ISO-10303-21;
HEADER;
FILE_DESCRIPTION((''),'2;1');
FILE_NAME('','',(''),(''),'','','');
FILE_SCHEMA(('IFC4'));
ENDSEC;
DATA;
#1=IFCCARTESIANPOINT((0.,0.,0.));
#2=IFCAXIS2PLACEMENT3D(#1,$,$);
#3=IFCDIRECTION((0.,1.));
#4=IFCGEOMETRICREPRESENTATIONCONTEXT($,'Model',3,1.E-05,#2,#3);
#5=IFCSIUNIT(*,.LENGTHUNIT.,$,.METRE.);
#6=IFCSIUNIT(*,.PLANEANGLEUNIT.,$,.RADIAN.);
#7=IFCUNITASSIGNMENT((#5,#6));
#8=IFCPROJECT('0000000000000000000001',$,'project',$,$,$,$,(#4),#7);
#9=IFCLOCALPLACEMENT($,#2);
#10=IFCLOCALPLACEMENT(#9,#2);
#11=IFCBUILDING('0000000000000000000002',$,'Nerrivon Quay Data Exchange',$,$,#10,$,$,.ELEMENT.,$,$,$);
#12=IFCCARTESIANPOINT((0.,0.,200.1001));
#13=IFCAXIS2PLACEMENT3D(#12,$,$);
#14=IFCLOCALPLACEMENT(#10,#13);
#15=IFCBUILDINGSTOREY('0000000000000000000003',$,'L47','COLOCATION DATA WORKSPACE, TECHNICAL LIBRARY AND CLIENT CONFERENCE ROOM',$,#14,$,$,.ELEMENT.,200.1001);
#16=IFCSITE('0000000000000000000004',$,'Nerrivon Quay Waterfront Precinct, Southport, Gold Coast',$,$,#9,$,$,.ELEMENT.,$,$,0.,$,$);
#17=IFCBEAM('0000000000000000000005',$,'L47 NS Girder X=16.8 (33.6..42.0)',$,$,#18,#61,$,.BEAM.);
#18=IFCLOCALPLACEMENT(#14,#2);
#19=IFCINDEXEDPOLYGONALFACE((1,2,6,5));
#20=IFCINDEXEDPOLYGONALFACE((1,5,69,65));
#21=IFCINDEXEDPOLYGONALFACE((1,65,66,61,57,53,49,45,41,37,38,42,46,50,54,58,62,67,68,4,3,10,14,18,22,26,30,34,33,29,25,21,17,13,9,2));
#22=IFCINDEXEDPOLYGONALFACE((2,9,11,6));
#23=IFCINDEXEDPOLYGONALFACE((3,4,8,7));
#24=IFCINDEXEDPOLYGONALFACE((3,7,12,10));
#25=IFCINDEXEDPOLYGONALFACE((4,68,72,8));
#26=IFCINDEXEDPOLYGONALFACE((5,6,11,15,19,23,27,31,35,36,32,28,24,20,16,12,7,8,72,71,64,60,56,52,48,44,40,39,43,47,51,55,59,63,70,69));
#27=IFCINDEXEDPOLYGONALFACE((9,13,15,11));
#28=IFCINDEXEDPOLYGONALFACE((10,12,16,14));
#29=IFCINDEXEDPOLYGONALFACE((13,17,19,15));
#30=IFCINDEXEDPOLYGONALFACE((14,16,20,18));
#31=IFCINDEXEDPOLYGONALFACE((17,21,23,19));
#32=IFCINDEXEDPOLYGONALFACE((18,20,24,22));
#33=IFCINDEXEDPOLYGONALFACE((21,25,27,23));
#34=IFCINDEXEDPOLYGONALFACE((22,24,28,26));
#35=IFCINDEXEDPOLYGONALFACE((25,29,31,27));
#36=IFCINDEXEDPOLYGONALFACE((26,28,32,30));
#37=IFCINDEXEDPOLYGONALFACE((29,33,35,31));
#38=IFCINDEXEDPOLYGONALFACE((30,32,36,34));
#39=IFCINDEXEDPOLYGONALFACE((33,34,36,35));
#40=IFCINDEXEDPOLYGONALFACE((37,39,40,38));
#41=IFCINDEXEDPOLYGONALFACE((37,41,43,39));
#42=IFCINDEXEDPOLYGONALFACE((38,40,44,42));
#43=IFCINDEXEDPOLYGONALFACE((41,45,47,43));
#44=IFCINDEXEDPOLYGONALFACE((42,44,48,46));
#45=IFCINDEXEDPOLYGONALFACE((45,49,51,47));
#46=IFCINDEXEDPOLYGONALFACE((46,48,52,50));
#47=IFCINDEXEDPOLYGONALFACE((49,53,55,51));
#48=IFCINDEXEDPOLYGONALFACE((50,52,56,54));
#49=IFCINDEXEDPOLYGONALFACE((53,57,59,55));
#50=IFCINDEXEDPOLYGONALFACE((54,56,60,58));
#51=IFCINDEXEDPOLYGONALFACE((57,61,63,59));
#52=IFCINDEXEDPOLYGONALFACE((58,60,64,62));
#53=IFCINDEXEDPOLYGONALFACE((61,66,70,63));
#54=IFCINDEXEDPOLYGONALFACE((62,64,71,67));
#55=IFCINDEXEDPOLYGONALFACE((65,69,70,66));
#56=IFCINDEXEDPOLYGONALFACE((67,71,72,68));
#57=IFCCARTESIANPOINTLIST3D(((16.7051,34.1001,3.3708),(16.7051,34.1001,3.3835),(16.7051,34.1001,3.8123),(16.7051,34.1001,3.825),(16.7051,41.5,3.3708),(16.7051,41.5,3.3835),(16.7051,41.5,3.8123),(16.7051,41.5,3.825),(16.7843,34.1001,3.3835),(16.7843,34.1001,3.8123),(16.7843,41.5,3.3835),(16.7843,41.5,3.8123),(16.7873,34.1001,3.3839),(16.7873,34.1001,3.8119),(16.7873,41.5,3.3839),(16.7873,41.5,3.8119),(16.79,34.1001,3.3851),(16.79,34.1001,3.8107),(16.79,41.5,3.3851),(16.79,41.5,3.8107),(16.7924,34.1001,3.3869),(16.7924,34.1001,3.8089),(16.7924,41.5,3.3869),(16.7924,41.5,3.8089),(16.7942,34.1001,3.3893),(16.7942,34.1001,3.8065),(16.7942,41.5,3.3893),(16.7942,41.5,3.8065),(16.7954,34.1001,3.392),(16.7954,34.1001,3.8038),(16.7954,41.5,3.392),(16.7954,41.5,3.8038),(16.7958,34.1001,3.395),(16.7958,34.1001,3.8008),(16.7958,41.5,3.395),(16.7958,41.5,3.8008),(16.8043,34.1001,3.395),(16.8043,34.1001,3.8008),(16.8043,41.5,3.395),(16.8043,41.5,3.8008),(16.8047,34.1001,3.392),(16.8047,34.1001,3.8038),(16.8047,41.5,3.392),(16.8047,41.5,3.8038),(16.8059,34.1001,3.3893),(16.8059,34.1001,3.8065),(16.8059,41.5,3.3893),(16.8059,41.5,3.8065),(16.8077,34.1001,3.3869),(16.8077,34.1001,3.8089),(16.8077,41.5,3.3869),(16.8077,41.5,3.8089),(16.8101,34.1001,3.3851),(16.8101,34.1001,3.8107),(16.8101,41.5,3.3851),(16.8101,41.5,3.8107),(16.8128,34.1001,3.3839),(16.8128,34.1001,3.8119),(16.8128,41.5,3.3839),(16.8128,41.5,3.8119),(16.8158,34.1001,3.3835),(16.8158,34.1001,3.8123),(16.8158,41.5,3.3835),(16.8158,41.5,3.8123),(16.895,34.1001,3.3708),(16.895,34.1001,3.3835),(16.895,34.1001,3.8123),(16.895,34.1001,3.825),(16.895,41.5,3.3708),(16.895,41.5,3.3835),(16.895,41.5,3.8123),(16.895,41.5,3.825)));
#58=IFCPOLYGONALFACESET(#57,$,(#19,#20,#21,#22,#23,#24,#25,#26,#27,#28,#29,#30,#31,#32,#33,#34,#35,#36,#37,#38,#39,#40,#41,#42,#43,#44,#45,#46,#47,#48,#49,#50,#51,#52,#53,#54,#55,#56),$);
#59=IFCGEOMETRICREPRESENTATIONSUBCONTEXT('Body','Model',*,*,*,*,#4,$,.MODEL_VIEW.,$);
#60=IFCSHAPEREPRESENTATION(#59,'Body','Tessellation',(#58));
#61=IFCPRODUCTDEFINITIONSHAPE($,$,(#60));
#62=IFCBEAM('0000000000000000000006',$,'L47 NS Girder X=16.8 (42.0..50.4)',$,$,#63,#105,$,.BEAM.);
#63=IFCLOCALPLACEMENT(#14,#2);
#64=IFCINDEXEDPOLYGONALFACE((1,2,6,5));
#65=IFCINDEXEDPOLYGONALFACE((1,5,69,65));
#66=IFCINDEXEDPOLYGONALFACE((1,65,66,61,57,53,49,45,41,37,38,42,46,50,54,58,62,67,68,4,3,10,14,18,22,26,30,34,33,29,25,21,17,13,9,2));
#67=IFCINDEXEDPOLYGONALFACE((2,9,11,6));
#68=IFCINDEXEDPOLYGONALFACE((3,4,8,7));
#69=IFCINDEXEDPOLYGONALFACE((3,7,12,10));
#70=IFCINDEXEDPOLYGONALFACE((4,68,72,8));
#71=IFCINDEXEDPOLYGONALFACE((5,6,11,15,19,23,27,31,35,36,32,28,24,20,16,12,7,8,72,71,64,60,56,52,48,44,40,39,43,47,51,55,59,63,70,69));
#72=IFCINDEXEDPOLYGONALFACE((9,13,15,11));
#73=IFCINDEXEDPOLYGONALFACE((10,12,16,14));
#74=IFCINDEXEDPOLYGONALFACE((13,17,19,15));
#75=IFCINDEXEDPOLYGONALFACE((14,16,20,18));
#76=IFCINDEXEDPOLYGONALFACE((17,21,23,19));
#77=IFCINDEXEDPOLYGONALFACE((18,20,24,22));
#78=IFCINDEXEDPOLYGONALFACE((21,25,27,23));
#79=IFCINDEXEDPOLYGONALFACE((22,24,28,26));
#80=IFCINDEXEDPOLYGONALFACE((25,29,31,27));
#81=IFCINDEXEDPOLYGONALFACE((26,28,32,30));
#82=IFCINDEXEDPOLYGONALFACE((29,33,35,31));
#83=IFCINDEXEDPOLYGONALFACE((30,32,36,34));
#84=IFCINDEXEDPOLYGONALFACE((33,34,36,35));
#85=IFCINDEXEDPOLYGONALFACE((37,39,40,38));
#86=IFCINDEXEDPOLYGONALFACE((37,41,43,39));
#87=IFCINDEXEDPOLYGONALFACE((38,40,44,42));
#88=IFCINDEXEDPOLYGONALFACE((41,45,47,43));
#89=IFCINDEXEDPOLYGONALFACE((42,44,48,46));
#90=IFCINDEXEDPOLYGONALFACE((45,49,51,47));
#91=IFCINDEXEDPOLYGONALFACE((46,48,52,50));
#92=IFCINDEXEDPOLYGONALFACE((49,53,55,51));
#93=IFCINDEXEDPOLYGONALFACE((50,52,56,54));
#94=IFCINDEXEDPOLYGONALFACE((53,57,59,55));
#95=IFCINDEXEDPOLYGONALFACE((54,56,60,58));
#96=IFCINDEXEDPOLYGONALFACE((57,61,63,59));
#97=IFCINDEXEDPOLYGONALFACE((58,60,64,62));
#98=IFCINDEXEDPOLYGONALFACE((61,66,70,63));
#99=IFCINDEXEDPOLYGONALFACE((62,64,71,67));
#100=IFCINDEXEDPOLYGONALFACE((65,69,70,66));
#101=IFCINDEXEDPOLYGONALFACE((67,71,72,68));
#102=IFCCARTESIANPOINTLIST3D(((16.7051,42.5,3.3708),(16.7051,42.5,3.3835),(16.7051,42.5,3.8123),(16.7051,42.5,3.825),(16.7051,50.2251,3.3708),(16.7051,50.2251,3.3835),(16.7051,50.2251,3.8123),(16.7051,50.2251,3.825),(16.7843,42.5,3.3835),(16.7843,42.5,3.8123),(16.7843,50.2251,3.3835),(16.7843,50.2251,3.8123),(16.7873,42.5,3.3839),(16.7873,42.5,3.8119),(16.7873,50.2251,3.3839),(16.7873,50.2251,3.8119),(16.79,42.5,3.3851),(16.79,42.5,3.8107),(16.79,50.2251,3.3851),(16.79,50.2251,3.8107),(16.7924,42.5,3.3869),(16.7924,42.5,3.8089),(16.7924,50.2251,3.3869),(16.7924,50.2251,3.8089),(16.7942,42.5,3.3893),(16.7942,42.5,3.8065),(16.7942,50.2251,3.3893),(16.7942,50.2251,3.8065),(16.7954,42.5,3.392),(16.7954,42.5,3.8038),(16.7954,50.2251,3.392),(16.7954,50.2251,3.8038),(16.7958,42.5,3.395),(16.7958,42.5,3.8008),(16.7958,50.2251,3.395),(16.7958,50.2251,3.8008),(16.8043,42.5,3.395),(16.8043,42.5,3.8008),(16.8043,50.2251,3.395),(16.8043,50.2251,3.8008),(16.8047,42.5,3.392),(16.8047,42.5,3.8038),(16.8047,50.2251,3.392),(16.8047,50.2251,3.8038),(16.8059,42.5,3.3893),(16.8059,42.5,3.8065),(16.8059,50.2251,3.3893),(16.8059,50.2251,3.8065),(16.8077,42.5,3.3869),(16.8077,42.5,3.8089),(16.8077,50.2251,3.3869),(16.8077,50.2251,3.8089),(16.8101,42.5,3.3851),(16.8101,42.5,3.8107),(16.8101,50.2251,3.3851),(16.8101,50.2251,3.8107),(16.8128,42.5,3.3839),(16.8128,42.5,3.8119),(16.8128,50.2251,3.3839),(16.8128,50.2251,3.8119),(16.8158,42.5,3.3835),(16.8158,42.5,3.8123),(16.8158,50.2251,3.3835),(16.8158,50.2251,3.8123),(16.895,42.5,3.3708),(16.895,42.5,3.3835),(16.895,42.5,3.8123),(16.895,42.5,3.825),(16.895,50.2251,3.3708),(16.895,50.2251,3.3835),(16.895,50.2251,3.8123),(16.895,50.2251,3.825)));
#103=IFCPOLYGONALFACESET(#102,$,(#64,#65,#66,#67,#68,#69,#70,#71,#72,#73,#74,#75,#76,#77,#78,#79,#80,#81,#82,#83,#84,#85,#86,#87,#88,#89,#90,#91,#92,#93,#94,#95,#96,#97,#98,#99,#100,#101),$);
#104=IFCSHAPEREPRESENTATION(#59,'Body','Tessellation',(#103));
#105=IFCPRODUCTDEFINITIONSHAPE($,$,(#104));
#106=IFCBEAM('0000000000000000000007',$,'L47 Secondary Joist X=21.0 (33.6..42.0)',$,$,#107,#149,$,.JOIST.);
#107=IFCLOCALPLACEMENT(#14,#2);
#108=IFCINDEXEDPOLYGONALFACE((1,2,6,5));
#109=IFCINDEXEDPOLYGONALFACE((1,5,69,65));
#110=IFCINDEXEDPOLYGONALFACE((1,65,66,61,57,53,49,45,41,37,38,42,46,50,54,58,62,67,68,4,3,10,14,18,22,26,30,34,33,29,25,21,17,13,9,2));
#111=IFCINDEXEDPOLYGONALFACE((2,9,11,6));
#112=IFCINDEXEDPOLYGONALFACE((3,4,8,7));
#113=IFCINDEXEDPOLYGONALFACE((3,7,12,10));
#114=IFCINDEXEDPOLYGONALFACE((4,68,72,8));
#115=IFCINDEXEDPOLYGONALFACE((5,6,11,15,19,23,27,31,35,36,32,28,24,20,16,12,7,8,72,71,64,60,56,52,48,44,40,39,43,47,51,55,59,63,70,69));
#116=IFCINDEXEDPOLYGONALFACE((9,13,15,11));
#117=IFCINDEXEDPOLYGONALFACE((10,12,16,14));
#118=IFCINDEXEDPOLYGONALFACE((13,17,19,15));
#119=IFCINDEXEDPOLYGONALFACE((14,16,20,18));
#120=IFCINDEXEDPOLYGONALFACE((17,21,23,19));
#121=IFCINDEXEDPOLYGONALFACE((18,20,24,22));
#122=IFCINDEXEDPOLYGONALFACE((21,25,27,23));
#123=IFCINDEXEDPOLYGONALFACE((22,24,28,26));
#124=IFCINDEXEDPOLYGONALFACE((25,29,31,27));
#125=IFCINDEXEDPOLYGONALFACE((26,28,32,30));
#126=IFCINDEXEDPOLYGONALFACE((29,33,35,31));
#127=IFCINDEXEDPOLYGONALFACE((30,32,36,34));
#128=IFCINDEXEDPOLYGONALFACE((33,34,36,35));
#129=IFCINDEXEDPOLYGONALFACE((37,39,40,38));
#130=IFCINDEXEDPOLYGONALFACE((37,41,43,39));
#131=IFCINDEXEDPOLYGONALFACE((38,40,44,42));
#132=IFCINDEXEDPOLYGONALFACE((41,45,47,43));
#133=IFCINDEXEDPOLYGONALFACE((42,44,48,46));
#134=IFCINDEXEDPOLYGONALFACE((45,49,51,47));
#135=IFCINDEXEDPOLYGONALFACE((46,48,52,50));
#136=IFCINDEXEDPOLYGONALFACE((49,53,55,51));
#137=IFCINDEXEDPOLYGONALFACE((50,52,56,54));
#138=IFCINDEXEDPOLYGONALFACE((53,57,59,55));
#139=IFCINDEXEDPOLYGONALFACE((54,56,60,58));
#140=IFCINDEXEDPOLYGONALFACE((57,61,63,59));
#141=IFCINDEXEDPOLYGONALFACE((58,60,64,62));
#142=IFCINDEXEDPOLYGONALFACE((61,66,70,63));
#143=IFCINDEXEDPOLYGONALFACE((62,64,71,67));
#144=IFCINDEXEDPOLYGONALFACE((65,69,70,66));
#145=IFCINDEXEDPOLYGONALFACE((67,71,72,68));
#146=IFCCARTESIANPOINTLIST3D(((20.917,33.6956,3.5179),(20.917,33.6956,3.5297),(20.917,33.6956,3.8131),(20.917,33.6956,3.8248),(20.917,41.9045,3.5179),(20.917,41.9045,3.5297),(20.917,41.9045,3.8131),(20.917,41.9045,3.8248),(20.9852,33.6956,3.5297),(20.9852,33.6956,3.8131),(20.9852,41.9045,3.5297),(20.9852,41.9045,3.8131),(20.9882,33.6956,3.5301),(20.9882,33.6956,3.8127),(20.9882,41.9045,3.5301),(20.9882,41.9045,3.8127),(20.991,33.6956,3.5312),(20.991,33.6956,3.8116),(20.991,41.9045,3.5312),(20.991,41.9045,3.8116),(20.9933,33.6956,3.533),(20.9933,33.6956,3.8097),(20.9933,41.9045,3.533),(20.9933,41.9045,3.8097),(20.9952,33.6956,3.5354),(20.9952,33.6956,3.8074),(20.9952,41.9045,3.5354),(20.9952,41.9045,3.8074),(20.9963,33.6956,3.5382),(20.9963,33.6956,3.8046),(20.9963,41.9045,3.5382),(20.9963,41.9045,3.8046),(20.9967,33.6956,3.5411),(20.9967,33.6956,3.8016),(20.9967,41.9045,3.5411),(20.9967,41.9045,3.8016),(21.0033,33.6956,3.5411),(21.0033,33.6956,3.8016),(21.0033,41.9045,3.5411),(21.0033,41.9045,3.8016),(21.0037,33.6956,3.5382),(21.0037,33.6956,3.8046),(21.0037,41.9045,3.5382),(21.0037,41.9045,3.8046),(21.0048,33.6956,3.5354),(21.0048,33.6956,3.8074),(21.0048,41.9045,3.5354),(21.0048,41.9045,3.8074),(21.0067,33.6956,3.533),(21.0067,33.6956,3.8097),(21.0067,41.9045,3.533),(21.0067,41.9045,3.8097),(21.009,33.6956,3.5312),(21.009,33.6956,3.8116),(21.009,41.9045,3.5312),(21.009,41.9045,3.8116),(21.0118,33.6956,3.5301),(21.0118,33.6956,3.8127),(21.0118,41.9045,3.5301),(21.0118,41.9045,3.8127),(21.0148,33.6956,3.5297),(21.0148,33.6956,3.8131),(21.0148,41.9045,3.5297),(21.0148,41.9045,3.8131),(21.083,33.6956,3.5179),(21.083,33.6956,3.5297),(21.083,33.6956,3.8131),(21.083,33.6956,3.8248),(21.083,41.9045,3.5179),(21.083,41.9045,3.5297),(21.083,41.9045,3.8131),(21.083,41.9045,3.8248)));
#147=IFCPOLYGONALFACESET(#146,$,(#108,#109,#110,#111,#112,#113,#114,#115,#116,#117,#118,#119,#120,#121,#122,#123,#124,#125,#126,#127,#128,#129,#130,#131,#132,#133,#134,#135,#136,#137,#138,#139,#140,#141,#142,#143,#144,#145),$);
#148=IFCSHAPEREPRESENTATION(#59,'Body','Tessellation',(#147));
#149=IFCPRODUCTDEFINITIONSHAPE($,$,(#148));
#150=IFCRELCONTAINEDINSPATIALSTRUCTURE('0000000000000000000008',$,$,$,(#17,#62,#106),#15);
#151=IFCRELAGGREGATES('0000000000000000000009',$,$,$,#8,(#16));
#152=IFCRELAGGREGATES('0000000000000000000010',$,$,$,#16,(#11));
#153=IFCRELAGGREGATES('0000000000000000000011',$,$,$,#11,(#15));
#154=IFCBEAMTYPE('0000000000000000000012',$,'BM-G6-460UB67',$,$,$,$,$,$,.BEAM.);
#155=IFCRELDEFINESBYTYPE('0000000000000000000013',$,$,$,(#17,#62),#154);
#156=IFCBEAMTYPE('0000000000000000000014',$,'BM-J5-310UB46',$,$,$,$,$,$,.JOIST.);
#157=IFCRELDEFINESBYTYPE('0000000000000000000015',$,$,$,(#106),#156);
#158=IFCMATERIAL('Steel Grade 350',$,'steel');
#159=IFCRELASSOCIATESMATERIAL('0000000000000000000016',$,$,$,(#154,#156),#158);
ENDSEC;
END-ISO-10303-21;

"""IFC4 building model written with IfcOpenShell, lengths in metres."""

from ifc_helpers import new_model, si_unit, direction, frame, origin, origin_2d, place, context, subcontext, project, spatial, i_section, extrude, material, material_profile, profile_set, type_object, element, save


model = new_model("IFC4")

# Units and contexts
model_context = context("Model", 3, precision=1e-05, world=origin(), true_north=direction((0.0, 1.0)))
body_context = subcontext(model_context, "Body", "Model", "MODEL_VIEW")
ifc_project = project(units=[si_unit("LENGTHUNIT", "METRE"), si_unit("PLANEANGLEUNIT", "RADIAN")], contexts=[model_context])

# Site, building, storey
site_placement = place(None, origin())
site = spatial("IfcSite", under=ifc_project, at=site_placement, Name="Nerrivon Quay Waterfront Precinct, Southport, Gold Coast", CompositionType="ELEMENT", RefElevation=0.0)
building_placement = place(site_placement, origin())
building = spatial("IfcBuilding", under=site, at=building_placement, Name="Nerrivon Quay Data Exchange", CompositionType="ELEMENT")
storey_placement = place(building_placement, frame((0.0, 0.0, 200.1001)))
storey = spatial("IfcBuildingStorey", under=building, at=storey_placement, Name="L47", Description="COLOCATION DATA WORKSPACE, TECHNICAL LIBRARY AND CLIENT CONFERENCE ROOM", CompositionType="ELEMENT", Elevation=200.1001)

# Shared definitions
ifc_material_1 = material(Name="Steel Grade 350", Category="steel")

# Beams
ifc_material_profile_1 = material_profile(ifc_material_1, i_section(OverallWidth=0.1899, OverallDepth=0.4541, WebThickness=0.0085, FlangeThickness=0.0127, FilletRadius=0.0115, at=origin_2d()), Name="460UB67.1")
ifc_profile_set_1 = profile_set([ifc_material_profile_1], Name="Steel Grade 350")
beam_type_1 = type_object("IfcBeamType", Name="BM-G6-460UB67", PredefinedType="BEAM", material=ifc_profile_set_1)
beam_1_placement = place(storey_placement, frame((16.8, 34.1001, 3.5979), z_axis=(0.0, 1.0, 0.0), x_axis=(-1.0, 0.0, 0.0)))
element("IfcBeam", 1, at=beam_1_placement, inside=storey, type_object=beam_type_1, Name="L47 NS Girder X=16.8 (33.6..42.0)", PredefinedType="BEAM", context=body_context, shape_type="SweptSolid", body=[
    extrude(i_section(OverallWidth=0.1899, OverallDepth=0.4541, WebThickness=0.0085, FlangeThickness=0.0127, FilletRadius=0.0115, at=origin_2d()), origin(), (0.0, 0.0, 1.0), 7.3999),
])
beam_2_placement = place(storey_placement, frame((16.8, 42.5, 3.5979), z_axis=(0.0, 1.0, 0.0), x_axis=(-1.0, 0.0, 0.0)))
element("IfcBeam", 2, at=beam_2_placement, inside=storey, type_object=beam_type_1, Name="L47 NS Girder X=16.8 (42.0..50.4)", PredefinedType="BEAM", context=body_context, shape_type="SweptSolid", body=[
    extrude(i_section(OverallWidth=0.1899, OverallDepth=0.4541, WebThickness=0.0085, FlangeThickness=0.0127, FilletRadius=0.0115, at=origin_2d()), origin(), (0.0, 0.0, 1.0), 7.7251),
])
ifc_material_profile_2 = material_profile(ifc_material_1, i_section(OverallWidth=0.166, OverallDepth=0.3069, WebThickness=0.0066, FlangeThickness=0.0117, FilletRadius=0.0115, at=origin_2d()), Name="310UB46.2")
ifc_profile_set_2 = profile_set([ifc_material_profile_2], Name="Steel Grade 350")
beam_type_2 = type_object("IfcBeamType", Name="BM-J5-310UB46", PredefinedType="JOIST", material=ifc_profile_set_2)
beam_3_placement = place(storey_placement, frame((21.0, 33.6956, 3.6714), z_axis=(0.0, 1.0, 0.0), x_axis=(-1.0, 0.0, 0.0)))
element("IfcBeam", 3, at=beam_3_placement, inside=storey, type_object=beam_type_2, Name="L47 Secondary Joist X=21.0 (33.6..42.0)", PredefinedType="JOIST", context=body_context, shape_type="SweptSolid", body=[
    extrude(i_section(OverallWidth=0.166, OverallDepth=0.3069, WebThickness=0.0066, FlangeThickness=0.0117, FilletRadius=0.0115, at=origin_2d()), origin(), (0.0, 0.0, 1.0), 8.209),
])

save(model, "model.ifc")
